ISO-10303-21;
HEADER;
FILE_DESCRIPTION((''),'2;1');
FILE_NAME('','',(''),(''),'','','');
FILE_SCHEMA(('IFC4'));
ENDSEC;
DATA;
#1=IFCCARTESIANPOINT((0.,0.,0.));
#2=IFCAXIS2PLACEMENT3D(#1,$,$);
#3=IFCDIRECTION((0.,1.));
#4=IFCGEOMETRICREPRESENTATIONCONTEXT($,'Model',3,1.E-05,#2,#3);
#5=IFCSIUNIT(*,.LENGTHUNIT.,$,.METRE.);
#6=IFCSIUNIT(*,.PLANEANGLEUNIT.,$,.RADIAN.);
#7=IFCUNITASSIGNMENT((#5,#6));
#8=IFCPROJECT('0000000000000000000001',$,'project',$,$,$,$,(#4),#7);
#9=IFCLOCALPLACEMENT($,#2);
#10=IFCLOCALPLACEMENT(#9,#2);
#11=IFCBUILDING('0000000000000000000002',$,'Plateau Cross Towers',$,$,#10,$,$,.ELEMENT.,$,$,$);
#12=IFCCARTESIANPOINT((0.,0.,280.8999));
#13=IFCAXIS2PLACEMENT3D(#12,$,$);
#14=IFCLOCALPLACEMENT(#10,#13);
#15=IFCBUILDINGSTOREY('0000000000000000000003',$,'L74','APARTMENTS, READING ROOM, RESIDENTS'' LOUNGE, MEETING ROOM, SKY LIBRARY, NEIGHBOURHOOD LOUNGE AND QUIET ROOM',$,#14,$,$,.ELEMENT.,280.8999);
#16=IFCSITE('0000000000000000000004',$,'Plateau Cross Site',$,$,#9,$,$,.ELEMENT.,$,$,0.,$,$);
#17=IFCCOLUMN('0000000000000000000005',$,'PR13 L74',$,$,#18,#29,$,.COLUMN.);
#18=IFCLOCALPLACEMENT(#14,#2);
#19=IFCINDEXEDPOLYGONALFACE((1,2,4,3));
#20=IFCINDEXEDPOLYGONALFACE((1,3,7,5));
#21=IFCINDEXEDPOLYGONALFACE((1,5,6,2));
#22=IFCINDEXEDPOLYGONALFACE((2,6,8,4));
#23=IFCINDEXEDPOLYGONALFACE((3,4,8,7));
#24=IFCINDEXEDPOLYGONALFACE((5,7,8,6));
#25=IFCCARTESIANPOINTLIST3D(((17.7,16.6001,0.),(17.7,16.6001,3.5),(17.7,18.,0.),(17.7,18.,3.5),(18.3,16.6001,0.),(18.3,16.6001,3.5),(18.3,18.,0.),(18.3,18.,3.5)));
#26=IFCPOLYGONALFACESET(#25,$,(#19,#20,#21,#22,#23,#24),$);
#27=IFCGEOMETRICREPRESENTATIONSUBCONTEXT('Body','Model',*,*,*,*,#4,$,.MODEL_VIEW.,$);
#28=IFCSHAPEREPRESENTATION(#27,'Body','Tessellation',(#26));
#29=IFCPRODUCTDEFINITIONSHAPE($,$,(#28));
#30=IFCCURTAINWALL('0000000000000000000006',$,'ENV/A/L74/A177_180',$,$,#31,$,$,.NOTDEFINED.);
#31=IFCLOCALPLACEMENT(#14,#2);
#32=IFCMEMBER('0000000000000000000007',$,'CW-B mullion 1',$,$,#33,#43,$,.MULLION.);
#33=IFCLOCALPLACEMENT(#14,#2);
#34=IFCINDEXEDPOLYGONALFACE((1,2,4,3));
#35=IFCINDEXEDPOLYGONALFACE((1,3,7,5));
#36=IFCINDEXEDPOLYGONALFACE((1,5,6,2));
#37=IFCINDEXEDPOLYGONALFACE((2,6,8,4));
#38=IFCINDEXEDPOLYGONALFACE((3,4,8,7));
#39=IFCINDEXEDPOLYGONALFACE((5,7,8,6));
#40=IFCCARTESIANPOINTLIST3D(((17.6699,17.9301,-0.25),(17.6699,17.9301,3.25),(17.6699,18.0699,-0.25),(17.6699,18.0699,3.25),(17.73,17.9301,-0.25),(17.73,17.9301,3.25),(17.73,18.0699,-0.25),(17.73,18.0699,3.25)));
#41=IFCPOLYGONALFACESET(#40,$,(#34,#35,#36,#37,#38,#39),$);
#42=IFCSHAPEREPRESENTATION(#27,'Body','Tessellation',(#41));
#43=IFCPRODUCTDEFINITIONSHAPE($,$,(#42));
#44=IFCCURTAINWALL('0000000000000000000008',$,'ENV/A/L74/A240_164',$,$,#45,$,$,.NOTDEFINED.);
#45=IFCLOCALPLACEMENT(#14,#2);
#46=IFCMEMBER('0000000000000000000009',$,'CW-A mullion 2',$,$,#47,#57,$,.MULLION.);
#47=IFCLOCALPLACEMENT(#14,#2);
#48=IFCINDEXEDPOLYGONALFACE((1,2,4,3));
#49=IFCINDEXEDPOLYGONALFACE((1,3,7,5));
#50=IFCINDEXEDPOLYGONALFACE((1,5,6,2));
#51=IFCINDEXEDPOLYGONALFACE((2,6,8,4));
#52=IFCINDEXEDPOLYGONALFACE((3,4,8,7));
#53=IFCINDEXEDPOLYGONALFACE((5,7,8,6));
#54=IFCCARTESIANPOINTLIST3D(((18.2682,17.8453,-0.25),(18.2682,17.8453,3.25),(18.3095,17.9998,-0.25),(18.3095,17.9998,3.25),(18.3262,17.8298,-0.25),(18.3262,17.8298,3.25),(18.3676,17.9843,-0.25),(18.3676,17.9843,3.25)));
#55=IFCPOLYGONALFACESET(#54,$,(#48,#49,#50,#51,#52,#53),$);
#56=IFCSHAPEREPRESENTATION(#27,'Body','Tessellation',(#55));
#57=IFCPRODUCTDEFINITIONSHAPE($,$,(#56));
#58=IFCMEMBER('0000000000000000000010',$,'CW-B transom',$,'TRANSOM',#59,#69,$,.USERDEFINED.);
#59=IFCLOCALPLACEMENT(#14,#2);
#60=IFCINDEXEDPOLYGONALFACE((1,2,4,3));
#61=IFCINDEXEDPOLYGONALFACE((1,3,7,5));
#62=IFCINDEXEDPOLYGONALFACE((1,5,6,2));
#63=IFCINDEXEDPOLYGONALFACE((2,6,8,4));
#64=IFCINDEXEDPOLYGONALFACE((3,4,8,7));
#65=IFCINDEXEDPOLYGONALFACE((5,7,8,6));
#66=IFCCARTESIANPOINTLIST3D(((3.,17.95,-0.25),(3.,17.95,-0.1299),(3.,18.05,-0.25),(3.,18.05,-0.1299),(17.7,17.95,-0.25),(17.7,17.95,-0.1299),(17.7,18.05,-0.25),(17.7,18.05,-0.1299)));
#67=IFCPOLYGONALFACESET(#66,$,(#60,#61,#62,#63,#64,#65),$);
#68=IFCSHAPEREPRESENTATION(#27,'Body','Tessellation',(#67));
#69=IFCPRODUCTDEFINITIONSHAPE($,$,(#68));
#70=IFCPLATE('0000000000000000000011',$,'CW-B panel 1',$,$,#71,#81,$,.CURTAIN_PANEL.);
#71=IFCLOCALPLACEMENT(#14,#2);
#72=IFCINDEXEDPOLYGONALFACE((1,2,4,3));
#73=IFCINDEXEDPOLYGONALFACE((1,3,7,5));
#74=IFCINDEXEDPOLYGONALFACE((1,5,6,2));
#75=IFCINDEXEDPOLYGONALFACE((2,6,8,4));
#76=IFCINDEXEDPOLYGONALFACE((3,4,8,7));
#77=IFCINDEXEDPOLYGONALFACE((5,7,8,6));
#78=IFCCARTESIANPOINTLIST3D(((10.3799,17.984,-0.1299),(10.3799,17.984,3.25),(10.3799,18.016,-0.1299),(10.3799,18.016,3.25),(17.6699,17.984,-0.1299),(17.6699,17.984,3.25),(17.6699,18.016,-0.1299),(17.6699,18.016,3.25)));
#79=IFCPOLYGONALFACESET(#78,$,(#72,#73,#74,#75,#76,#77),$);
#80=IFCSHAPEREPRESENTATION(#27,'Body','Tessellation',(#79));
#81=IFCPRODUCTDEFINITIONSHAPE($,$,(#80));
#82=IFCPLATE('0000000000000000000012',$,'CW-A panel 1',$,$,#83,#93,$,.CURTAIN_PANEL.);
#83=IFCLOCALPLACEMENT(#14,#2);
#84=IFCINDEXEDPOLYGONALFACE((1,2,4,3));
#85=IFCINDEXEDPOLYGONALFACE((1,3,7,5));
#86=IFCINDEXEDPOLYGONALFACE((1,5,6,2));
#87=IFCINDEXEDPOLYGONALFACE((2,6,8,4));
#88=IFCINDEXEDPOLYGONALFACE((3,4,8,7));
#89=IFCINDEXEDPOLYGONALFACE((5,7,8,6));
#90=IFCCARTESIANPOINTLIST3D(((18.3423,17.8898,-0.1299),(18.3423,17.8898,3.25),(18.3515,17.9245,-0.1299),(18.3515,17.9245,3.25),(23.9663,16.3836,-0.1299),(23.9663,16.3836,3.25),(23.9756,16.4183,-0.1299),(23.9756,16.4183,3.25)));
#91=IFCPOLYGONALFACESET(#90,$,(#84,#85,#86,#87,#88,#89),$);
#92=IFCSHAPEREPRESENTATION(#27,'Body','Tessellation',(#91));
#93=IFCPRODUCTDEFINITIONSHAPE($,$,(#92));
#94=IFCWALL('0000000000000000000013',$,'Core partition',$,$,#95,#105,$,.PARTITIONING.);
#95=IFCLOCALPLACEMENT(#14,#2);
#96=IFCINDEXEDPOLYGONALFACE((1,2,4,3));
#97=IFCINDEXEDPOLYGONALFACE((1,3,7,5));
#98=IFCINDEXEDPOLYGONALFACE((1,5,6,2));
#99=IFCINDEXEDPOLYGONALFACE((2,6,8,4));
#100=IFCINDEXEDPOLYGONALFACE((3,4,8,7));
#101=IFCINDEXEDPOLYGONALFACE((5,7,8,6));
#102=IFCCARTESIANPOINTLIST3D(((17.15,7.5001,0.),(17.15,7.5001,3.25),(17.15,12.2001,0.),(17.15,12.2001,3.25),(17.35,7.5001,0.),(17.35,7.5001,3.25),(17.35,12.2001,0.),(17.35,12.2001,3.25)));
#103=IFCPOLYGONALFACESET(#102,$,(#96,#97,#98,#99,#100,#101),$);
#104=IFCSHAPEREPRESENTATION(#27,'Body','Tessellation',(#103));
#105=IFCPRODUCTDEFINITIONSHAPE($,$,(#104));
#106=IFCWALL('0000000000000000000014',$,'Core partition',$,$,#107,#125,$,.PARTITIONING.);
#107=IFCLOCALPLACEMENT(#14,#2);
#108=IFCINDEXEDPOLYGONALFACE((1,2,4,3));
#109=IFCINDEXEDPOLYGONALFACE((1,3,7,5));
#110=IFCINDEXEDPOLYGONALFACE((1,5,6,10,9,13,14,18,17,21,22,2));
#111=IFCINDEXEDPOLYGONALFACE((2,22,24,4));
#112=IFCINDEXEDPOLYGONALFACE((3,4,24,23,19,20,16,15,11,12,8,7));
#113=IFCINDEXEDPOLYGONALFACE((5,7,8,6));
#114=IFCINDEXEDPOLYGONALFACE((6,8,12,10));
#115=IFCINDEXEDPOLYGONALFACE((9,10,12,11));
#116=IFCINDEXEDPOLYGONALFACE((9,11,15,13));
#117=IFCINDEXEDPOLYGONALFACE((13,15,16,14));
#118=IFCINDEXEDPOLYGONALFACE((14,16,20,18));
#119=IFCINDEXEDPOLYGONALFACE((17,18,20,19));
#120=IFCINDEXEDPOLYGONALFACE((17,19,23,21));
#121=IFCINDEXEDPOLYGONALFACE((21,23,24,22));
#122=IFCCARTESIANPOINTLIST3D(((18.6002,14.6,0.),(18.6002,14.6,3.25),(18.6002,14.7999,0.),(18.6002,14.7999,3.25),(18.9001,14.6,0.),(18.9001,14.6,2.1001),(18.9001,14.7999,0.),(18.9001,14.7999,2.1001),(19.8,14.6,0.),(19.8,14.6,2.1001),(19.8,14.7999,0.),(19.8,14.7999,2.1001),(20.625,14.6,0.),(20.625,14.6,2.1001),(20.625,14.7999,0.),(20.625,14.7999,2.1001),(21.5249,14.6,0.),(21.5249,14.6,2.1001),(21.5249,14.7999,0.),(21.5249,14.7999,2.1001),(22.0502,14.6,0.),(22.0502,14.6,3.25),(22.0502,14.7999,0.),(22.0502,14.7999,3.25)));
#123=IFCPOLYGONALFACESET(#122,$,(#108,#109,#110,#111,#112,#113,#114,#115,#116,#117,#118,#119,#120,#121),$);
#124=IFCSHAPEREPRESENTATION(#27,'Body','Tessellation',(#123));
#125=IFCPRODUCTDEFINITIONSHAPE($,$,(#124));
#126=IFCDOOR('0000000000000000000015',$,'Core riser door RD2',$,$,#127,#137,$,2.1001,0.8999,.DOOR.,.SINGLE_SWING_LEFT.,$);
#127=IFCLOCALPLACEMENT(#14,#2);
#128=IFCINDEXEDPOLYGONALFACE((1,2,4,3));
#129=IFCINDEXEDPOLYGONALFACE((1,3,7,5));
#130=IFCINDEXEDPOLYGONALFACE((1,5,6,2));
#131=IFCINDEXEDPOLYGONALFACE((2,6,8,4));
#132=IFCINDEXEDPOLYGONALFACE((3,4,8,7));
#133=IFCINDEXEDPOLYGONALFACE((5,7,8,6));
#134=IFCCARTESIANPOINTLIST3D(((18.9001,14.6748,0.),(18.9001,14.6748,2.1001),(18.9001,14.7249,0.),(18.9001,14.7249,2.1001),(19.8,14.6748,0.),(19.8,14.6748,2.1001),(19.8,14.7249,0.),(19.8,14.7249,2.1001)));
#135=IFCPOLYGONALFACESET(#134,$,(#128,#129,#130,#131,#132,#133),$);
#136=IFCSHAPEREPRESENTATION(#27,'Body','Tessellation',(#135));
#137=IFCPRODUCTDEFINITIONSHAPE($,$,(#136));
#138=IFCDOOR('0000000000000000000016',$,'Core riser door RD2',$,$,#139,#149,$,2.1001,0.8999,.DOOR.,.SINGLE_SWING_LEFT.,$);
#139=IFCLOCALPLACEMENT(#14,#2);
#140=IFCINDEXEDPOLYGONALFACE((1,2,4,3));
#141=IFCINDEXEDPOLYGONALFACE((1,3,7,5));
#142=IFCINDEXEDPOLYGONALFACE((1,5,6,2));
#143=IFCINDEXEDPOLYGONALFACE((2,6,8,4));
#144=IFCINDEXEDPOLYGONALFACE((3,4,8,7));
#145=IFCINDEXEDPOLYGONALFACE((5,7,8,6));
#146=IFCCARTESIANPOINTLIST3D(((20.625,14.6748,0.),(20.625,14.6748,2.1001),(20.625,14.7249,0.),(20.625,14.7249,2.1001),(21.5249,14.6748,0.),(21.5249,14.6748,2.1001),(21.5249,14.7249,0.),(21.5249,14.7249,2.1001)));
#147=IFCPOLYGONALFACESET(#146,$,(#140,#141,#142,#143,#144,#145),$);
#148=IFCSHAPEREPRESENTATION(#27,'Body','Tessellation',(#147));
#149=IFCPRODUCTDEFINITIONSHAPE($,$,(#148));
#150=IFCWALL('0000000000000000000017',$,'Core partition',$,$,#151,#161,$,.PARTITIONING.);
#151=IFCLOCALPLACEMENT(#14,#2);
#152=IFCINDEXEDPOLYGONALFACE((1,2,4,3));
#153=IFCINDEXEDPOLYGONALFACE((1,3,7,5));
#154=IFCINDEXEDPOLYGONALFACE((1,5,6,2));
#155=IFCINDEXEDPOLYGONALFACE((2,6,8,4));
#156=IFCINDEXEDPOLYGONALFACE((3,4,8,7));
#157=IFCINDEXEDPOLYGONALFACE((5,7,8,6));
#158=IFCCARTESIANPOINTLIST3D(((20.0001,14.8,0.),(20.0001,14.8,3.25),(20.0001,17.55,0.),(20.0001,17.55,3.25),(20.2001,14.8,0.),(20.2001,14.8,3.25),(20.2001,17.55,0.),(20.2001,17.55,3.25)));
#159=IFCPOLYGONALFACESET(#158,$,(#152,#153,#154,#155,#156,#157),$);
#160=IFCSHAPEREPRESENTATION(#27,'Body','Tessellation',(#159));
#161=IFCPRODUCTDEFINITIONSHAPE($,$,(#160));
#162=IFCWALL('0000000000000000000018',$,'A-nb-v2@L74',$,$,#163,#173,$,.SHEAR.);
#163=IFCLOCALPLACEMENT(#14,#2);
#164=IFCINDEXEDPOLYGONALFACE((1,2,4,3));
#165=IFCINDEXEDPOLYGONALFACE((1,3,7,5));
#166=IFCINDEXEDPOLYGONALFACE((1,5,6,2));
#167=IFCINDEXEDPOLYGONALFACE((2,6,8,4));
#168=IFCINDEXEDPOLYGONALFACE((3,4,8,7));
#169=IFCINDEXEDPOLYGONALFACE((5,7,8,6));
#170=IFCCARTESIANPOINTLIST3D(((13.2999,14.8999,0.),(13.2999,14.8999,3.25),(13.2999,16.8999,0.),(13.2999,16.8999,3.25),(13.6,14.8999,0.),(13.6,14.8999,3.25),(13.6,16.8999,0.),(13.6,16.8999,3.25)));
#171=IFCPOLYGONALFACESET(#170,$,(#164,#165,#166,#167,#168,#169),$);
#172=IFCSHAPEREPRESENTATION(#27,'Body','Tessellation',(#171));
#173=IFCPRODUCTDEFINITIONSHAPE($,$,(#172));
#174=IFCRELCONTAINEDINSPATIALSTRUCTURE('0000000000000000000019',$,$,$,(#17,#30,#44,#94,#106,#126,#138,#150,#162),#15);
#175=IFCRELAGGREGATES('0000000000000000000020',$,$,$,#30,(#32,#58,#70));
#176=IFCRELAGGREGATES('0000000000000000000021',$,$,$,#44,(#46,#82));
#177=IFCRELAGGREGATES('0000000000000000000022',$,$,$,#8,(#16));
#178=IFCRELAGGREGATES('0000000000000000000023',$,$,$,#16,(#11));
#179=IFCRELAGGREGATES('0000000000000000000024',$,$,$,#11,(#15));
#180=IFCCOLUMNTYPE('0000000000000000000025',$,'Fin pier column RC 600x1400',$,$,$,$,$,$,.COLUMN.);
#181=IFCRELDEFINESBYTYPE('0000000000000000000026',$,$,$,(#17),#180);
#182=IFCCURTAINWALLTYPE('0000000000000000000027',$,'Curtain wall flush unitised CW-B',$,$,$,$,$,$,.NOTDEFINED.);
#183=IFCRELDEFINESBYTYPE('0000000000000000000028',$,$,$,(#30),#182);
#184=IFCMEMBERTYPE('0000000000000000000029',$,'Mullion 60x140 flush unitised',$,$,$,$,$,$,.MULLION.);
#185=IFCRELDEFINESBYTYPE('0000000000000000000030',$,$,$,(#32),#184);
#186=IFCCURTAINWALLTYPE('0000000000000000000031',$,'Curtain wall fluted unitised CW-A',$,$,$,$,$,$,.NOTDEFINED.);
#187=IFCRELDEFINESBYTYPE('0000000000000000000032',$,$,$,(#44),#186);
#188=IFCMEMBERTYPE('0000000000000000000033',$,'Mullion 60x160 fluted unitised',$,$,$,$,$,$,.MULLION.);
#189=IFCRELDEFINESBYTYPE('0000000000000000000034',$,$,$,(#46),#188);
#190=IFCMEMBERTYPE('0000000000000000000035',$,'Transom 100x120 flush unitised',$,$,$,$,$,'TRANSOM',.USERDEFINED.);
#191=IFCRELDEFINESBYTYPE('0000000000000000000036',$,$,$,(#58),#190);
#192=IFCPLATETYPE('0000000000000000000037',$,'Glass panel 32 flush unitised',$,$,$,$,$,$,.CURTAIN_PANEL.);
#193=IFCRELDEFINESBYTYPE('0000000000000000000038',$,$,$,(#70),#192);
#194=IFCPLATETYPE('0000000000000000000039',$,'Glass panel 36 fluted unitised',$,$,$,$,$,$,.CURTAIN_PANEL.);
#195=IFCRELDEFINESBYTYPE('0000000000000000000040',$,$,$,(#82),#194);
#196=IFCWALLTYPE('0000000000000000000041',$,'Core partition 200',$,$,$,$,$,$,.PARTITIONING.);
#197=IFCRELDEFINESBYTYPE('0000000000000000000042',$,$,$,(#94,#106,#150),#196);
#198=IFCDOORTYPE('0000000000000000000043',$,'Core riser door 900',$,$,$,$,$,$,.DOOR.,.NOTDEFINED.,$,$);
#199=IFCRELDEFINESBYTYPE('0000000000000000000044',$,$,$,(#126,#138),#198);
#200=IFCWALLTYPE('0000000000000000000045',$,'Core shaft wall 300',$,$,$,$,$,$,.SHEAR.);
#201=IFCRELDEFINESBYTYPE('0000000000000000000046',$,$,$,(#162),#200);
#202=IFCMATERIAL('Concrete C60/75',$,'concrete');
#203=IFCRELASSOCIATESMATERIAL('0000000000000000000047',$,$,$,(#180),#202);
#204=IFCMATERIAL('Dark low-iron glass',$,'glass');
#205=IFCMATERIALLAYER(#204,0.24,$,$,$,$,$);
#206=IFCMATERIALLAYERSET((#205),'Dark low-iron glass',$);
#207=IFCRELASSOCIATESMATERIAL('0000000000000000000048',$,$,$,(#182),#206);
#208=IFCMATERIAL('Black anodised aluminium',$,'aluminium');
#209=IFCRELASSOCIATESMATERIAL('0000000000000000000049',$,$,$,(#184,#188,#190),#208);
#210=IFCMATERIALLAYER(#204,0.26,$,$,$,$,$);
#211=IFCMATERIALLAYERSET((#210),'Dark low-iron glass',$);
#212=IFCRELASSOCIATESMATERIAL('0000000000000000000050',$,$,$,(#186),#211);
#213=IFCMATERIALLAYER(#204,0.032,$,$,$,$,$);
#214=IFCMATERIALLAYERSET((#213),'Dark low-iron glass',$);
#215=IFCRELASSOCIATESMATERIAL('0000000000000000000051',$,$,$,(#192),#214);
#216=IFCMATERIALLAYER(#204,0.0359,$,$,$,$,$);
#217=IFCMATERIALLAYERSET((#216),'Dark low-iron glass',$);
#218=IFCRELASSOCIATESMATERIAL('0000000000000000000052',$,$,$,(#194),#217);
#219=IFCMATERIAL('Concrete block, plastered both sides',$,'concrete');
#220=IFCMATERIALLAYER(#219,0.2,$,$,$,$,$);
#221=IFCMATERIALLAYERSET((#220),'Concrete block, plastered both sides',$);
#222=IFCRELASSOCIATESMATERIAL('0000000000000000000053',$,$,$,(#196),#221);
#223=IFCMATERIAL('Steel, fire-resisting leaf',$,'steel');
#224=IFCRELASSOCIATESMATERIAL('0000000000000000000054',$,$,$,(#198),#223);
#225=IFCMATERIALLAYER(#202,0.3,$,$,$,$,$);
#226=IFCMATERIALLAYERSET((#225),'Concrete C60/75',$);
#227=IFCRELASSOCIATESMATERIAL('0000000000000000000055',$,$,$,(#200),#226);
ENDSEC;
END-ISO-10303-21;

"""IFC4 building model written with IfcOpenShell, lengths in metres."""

from ifc_helpers import new_model, si_unit, direction, frame, frame_2d, origin, origin_2d, place, context, subcontext, project, spatial, rectangle, extrude, material, layer, layer_set, material_profile, profile_set, type_object, element, fill, aggregate, save


model = new_model("IFC4")

# Units and contexts
model_context = context("Model", 3, precision=1e-05, world=origin(), true_north=direction((0.0, 1.0)))
body_context = subcontext(model_context, "Body", "Model", "MODEL_VIEW")
ifc_project = project(units=[si_unit("LENGTHUNIT", "METRE"), si_unit("PLANEANGLEUNIT", "RADIAN")], contexts=[model_context])

# Site, building, storey
site_placement = place(None, origin())
site = spatial("IfcSite", under=ifc_project, at=site_placement, Name="Plateau Cross Site", CompositionType="ELEMENT", RefElevation=0.0)
building_placement = place(site_placement, origin())
building = spatial("IfcBuilding", under=site, at=building_placement, Name="Plateau Cross Towers", CompositionType="ELEMENT")
storey_placement = place(building_placement, frame((0.0, 0.0, 280.8999)))
storey = spatial("IfcBuildingStorey", under=building, at=storey_placement, Name="L74", Description="APARTMENTS, READING ROOM, RESIDENTS' LOUNGE, MEETING ROOM, SKY LIBRARY, NEIGHBOURHOOD LOUNGE AND QUIET ROOM", CompositionType="ELEMENT", Elevation=280.8999)

# Column
ifc_material_1 = material(Name="Concrete C60/75", Category="concrete")
ifc_material_profile_1 = material_profile(ifc_material_1, rectangle(XDim=0.6001, YDim=1.3999, at=origin_2d()), Name="RC 600x1400")
ifc_profile_set_1 = profile_set([ifc_material_profile_1], Name="Concrete C60/75")
column_type = type_object("IfcColumnType", Name="Fin pier column RC 600x1400", PredefinedType="COLUMN", material=ifc_profile_set_1)
column_placement = place(storey_placement, frame((18.0, 17.3, 0.0), z_axis=(0.0, 0.0, 1.0), x_axis=(1.0, 0.0, 0.0)))
element("IfcColumn", 1, at=column_placement, inside=storey, type_object=column_type, Name="PR13 L74", PredefinedType="COLUMN", context=body_context, shape_type="SweptSolid", body=[
    extrude(rectangle(XDim=0.6001, YDim=1.3999, at=origin_2d()), origin(), (0.0, 0.0, 1.0), 3.5),
])

# Curtain walls, members
ifc_material_2 = material(Name="Dark low-iron glass", Category="glass")
ifc_layer_1 = layer(ifc_material_2, 0.24)
ifc_layer_set_1 = layer_set([ifc_layer_1], Name="Dark low-iron glass")
curtain_wall_type_1 = type_object("IfcCurtainWallType", Name="Curtain wall flush unitised CW-B", PredefinedType="NOTDEFINED", material=ifc_layer_set_1)
curtain_wall_1_placement = place(storey_placement, origin())
curtain_wall_1 = element("IfcCurtainWall", 2, at=curtain_wall_1_placement, inside=storey, type_object=curtain_wall_type_1, Name="ENV/A/L74/A177_180", PredefinedType="NOTDEFINED")
ifc_material_3 = material(Name="Black anodised aluminium", Category="aluminium")
ifc_material_profile_2 = material_profile(ifc_material_3, rectangle(XDim=0.0601, YDim=0.1399, at=origin_2d()), Name="MULLION 60x140")
ifc_profile_set_2 = profile_set([ifc_material_profile_2], Name="Black anodised aluminium")
member_type_1 = type_object("IfcMemberType", Name="Mullion 60x140 flush unitised", PredefinedType="MULLION", material=ifc_profile_set_2)
member_1_placement = place(storey_placement, frame((17.7, 18.0, -0.25), z_axis=(0.0, 0.0, 1.0), x_axis=(-1.0, 0.0, 0.0)))
member_1 = element("IfcMember", 3, at=member_1_placement, type_object=member_type_1, Name="CW-B mullion 1", PredefinedType="MULLION", context=body_context, shape_type="SweptSolid", body=[
    extrude(rectangle(XDim=0.0601, YDim=0.1399, at=origin_2d()), origin(), (0.0, 0.0, 1.0), 3.5),
])
ifc_layer_2 = layer(ifc_material_2, 0.26)
ifc_layer_set_2 = layer_set([ifc_layer_2], Name="Dark low-iron glass")
curtain_wall_type_2 = type_object("IfcCurtainWallType", Name="Curtain wall fluted unitised CW-A", PredefinedType="NOTDEFINED", material=ifc_layer_set_2)
curtain_wall_2_placement = place(storey_placement, origin())
curtain_wall_2 = element("IfcCurtainWall", 4, at=curtain_wall_2_placement, inside=storey, type_object=curtain_wall_type_2, Name="ENV/A/L74/A240_164", PredefinedType="NOTDEFINED")
ifc_material_profile_3 = material_profile(ifc_material_3, rectangle(XDim=0.0601, YDim=0.1599, at=origin_2d()), Name="MULLION 60x160")
ifc_profile_set_3 = profile_set([ifc_material_profile_3], Name="Black anodised aluminium")
member_type_2 = type_object("IfcMemberType", Name="Mullion 60x160 fluted unitised", PredefinedType="MULLION", material=ifc_profile_set_3)
member_2_placement = place(storey_placement, frame((18.3179, 17.9148, -0.25), z_axis=(0.0, 0.0, 1.0), x_axis=(-0.965958, 0.258699, 0.0)))
member_2 = element("IfcMember", 5, at=member_2_placement, type_object=member_type_2, Name="CW-A mullion 2", PredefinedType="MULLION", context=body_context, shape_type="SweptSolid", body=[
    extrude(rectangle(XDim=0.0601, YDim=0.1599, at=origin_2d()), origin(), (0.0, 0.0, 1.0), 3.5),
])

# Member
ifc_material_profile_4 = material_profile(ifc_material_3, rectangle(XDim=0.1001, YDim=0.1201, at=origin_2d()), Name="TRANSOM 100x120")
ifc_profile_set_4 = profile_set([ifc_material_profile_4], Name="Black anodised aluminium")
member_type_3 = type_object("IfcMemberType", Name="Transom 100x120 flush unitised", ElementType="TRANSOM", PredefinedType="USERDEFINED", material=ifc_profile_set_4)
member_3_placement = place(storey_placement, frame((17.7, 18.0, -0.1899), z_axis=(-1.0, 0.0, 0.0), x_axis=(0.0, -1.0, 0.0)))
member_3 = element("IfcMember", 6, at=member_3_placement, type_object=member_type_3, Name="CW-B transom", ObjectType="TRANSOM", PredefinedType="USERDEFINED", context=body_context, shape_type="SweptSolid", body=[
    extrude(rectangle(XDim=0.1001, YDim=0.1201, at=origin_2d()), origin(), (0.0, 0.0, 1.0), 14.7),
])

# Plates
ifc_layer_3 = layer(ifc_material_2, 0.032)
ifc_layer_set_3 = layer_set([ifc_layer_3], Name="Dark low-iron glass")
plate_type_1 = type_object("IfcPlateType", Name="Glass panel 32 flush unitised", PredefinedType="CURTAIN_PANEL", material=ifc_layer_set_3)
plate_1_placement = place(storey_placement, frame((14.0249, 18.0, -0.1299), z_axis=(0.0, 0.0, 1.0), x_axis=(-1.0, 0.0, 0.0)))
plate_1 = element("IfcPlate", 7, at=plate_1_placement, type_object=plate_type_1, Name="CW-B panel 1", PredefinedType="CURTAIN_PANEL", context=body_context, shape_type="SweptSolid", body=[
    extrude(rectangle(XDim=7.29, YDim=0.032, at=origin_2d()), origin(), (0.0, 0.0, 1.0), 3.3799),
])
aggregate(curtain_wall_1, [member_1, member_3, plate_1])
ifc_layer_4 = layer(ifc_material_2, 0.0359)
ifc_layer_set_4 = layer_set([ifc_layer_4], Name="Dark low-iron glass")
plate_type_2 = type_object("IfcPlateType", Name="Glass panel 36 fluted unitised", PredefinedType="CURTAIN_PANEL", material=ifc_layer_set_4)
plate_2_placement = place(storey_placement, frame((21.1589, 17.1541, -0.1299), z_axis=(0.0, 0.0, 1.0), x_axis=(-0.965958, 0.258699, 0.0)))
plate_2 = element("IfcPlate", 8, at=plate_2_placement, type_object=plate_type_2, Name="CW-A panel 1", PredefinedType="CURTAIN_PANEL", context=body_context, shape_type="SweptSolid", body=[
    extrude(rectangle(XDim=5.8223, YDim=0.0359, at=origin_2d()), origin(), (0.0, 0.0, 1.0), 3.3799),
])
aggregate(curtain_wall_2, [member_2, plate_2])

# Wall
ifc_material_4 = material(Name="Concrete block, plastered both sides", Category="concrete")
ifc_layer_5 = layer(ifc_material_4, 0.2)
ifc_layer_set_5 = layer_set([ifc_layer_5], Name="Concrete block, plastered both sides")
wall_type_1 = type_object("IfcWallType", Name="Core partition 200", PredefinedType="PARTITIONING", material=ifc_layer_set_5)
wall_1_placement = place(storey_placement, frame((17.25, 7.5, 0.0), z_axis=(0.0, 0.0, 1.0), x_axis=(0.0, 1.0, 0.0)))
element("IfcWall", 9, at=wall_1_placement, inside=storey, type_object=wall_type_1, Name="Core partition", PredefinedType="PARTITIONING", context=body_context, shape_type="SweptSolid", body=[
    extrude(rectangle(XDim=4.7, YDim=0.2, at=frame_2d((2.3501, 0.0))), origin(), (0.0, 0.0, 1.0), 3.25),
])

# Wall, openings, doors
wall_2_placement = place(storey_placement, frame((18.6001, 14.7, 0.0), z_axis=(0.0, 0.0, 1.0), x_axis=(1.0, 0.0, 0.0)))
wall_2 = element("IfcWall", 10, at=wall_2_placement, inside=storey, type_object=wall_type_1, Name="Core partition", PredefinedType="PARTITIONING", context=body_context, shape_type="SweptSolid", body=[
    extrude(rectangle(XDim=3.45, YDim=0.2, at=frame_2d((1.7251, 0.0))), origin(), (0.0, 0.0, 1.0), 3.25),
])
opening_1_placement = place(wall_2_placement, frame((0.3, 0.0, 0.0)))
opening_1 = element("IfcOpeningElement", 11, at=opening_1_placement, cuts=wall_2, PredefinedType="OPENING", context=body_context, shape_type="SweptSolid", body=[
    extrude(rectangle(XDim=0.8999, YDim=2.1001, at=frame_2d((0.45, 1.05))), frame((0.0, 0.1099, 0.0), z_axis=(0.0, -1.0, 0.0), x_axis=(1.0, 0.0, 0.0)), (0.0, 0.0, 1.0), 0.22),
])
opening_2_placement = place(wall_2_placement, frame((2.0249, 0.0, 0.0)))
opening_2 = element("IfcOpeningElement", 12, at=opening_2_placement, cuts=wall_2, PredefinedType="OPENING", context=body_context, shape_type="SweptSolid", body=[
    extrude(rectangle(XDim=0.8999, YDim=2.1001, at=frame_2d((0.45, 1.05))), frame((0.0, 0.1099, 0.0), z_axis=(0.0, -1.0, 0.0), x_axis=(1.0, 0.0, 0.0)), (0.0, 0.0, 1.0), 0.22),
])
ifc_material_5 = material(Name="Steel, fire-resisting leaf", Category="steel")
door_type_1 = type_object("IfcDoorType", Name="Core riser door 900", OperationType="NOTDEFINED", PredefinedType="DOOR", material=ifc_material_5)
door_1_placement = place(opening_1_placement, origin())
door_1 = element("IfcDoor", 13, at=door_1_placement, inside=storey, type_object=door_type_1, Name="Core riser door RD2", OperationType="SINGLE_SWING_LEFT", OverallHeight=2.1001, OverallWidth=0.8999, PredefinedType="DOOR", context=body_context, shape_type="SweptSolid", body=[
    extrude(rectangle(XDim=0.8999, YDim=2.1001, at=frame_2d((0.45, 1.05))), frame((0.0, 0.0249, 0.0), z_axis=(0.0, -1.0, 0.0), x_axis=(1.0, 0.0, 0.0)), (0.0, 0.0, 1.0), 0.05),
])
fill(opening_1, door_1)
door_2_placement = place(opening_2_placement, origin())
door_2 = element("IfcDoor", 14, at=door_2_placement, inside=storey, type_object=door_type_1, Name="Core riser door RD2", OperationType="SINGLE_SWING_LEFT", OverallHeight=2.1001, OverallWidth=0.8999, PredefinedType="DOOR", context=body_context, shape_type="SweptSolid", body=[
    extrude(rectangle(XDim=0.8999, YDim=2.1001, at=frame_2d((0.45, 1.05))), frame((0.0, 0.0249, 0.0), z_axis=(0.0, -1.0, 0.0), x_axis=(1.0, 0.0, 0.0)), (0.0, 0.0, 1.0), 0.05),
])
fill(opening_2, door_2)

# Walls
wall_3_placement = place(storey_placement, frame((20.1001, 14.8, 0.0), z_axis=(0.0, 0.0, 1.0), x_axis=(0.0, 1.0, 0.0)))
element("IfcWall", 15, at=wall_3_placement, inside=storey, type_object=wall_type_1, Name="Core partition", PredefinedType="PARTITIONING", context=body_context, shape_type="SweptSolid", body=[
    extrude(rectangle(XDim=2.75, YDim=0.2, at=frame_2d((1.375, 0.0))), origin(), (0.0, 0.0, 1.0), 3.25),
])
ifc_layer_6 = layer(ifc_material_1, 0.3)
ifc_layer_set_6 = layer_set([ifc_layer_6], Name="Concrete C60/75")
wall_type_2 = type_object("IfcWallType", Name="Core shaft wall 300", PredefinedType="SHEAR", material=ifc_layer_set_6)
for number, where, z_axis, x_axis, name in (
    (16, (13.45, 14.8999, 0.0), (0.0, 0.0, 1.0), (0.0, 1.0, 0.0), "A-nb-v2@L74"),
):
    element("IfcWall", number, at=place(storey_placement, frame(where, z_axis=z_axis, x_axis=x_axis)), inside=storey, type_object=wall_type_2, Name=name, PredefinedType="SHEAR", context=body_context, shape_type="SweptSolid", body=[
        extrude(rectangle(XDim=2.0, YDim=0.3, at=frame_2d((1.0, 0.0))), origin(), (0.0, 0.0, 1.0), 3.25),
    ])

save(model, "model.ifc")
